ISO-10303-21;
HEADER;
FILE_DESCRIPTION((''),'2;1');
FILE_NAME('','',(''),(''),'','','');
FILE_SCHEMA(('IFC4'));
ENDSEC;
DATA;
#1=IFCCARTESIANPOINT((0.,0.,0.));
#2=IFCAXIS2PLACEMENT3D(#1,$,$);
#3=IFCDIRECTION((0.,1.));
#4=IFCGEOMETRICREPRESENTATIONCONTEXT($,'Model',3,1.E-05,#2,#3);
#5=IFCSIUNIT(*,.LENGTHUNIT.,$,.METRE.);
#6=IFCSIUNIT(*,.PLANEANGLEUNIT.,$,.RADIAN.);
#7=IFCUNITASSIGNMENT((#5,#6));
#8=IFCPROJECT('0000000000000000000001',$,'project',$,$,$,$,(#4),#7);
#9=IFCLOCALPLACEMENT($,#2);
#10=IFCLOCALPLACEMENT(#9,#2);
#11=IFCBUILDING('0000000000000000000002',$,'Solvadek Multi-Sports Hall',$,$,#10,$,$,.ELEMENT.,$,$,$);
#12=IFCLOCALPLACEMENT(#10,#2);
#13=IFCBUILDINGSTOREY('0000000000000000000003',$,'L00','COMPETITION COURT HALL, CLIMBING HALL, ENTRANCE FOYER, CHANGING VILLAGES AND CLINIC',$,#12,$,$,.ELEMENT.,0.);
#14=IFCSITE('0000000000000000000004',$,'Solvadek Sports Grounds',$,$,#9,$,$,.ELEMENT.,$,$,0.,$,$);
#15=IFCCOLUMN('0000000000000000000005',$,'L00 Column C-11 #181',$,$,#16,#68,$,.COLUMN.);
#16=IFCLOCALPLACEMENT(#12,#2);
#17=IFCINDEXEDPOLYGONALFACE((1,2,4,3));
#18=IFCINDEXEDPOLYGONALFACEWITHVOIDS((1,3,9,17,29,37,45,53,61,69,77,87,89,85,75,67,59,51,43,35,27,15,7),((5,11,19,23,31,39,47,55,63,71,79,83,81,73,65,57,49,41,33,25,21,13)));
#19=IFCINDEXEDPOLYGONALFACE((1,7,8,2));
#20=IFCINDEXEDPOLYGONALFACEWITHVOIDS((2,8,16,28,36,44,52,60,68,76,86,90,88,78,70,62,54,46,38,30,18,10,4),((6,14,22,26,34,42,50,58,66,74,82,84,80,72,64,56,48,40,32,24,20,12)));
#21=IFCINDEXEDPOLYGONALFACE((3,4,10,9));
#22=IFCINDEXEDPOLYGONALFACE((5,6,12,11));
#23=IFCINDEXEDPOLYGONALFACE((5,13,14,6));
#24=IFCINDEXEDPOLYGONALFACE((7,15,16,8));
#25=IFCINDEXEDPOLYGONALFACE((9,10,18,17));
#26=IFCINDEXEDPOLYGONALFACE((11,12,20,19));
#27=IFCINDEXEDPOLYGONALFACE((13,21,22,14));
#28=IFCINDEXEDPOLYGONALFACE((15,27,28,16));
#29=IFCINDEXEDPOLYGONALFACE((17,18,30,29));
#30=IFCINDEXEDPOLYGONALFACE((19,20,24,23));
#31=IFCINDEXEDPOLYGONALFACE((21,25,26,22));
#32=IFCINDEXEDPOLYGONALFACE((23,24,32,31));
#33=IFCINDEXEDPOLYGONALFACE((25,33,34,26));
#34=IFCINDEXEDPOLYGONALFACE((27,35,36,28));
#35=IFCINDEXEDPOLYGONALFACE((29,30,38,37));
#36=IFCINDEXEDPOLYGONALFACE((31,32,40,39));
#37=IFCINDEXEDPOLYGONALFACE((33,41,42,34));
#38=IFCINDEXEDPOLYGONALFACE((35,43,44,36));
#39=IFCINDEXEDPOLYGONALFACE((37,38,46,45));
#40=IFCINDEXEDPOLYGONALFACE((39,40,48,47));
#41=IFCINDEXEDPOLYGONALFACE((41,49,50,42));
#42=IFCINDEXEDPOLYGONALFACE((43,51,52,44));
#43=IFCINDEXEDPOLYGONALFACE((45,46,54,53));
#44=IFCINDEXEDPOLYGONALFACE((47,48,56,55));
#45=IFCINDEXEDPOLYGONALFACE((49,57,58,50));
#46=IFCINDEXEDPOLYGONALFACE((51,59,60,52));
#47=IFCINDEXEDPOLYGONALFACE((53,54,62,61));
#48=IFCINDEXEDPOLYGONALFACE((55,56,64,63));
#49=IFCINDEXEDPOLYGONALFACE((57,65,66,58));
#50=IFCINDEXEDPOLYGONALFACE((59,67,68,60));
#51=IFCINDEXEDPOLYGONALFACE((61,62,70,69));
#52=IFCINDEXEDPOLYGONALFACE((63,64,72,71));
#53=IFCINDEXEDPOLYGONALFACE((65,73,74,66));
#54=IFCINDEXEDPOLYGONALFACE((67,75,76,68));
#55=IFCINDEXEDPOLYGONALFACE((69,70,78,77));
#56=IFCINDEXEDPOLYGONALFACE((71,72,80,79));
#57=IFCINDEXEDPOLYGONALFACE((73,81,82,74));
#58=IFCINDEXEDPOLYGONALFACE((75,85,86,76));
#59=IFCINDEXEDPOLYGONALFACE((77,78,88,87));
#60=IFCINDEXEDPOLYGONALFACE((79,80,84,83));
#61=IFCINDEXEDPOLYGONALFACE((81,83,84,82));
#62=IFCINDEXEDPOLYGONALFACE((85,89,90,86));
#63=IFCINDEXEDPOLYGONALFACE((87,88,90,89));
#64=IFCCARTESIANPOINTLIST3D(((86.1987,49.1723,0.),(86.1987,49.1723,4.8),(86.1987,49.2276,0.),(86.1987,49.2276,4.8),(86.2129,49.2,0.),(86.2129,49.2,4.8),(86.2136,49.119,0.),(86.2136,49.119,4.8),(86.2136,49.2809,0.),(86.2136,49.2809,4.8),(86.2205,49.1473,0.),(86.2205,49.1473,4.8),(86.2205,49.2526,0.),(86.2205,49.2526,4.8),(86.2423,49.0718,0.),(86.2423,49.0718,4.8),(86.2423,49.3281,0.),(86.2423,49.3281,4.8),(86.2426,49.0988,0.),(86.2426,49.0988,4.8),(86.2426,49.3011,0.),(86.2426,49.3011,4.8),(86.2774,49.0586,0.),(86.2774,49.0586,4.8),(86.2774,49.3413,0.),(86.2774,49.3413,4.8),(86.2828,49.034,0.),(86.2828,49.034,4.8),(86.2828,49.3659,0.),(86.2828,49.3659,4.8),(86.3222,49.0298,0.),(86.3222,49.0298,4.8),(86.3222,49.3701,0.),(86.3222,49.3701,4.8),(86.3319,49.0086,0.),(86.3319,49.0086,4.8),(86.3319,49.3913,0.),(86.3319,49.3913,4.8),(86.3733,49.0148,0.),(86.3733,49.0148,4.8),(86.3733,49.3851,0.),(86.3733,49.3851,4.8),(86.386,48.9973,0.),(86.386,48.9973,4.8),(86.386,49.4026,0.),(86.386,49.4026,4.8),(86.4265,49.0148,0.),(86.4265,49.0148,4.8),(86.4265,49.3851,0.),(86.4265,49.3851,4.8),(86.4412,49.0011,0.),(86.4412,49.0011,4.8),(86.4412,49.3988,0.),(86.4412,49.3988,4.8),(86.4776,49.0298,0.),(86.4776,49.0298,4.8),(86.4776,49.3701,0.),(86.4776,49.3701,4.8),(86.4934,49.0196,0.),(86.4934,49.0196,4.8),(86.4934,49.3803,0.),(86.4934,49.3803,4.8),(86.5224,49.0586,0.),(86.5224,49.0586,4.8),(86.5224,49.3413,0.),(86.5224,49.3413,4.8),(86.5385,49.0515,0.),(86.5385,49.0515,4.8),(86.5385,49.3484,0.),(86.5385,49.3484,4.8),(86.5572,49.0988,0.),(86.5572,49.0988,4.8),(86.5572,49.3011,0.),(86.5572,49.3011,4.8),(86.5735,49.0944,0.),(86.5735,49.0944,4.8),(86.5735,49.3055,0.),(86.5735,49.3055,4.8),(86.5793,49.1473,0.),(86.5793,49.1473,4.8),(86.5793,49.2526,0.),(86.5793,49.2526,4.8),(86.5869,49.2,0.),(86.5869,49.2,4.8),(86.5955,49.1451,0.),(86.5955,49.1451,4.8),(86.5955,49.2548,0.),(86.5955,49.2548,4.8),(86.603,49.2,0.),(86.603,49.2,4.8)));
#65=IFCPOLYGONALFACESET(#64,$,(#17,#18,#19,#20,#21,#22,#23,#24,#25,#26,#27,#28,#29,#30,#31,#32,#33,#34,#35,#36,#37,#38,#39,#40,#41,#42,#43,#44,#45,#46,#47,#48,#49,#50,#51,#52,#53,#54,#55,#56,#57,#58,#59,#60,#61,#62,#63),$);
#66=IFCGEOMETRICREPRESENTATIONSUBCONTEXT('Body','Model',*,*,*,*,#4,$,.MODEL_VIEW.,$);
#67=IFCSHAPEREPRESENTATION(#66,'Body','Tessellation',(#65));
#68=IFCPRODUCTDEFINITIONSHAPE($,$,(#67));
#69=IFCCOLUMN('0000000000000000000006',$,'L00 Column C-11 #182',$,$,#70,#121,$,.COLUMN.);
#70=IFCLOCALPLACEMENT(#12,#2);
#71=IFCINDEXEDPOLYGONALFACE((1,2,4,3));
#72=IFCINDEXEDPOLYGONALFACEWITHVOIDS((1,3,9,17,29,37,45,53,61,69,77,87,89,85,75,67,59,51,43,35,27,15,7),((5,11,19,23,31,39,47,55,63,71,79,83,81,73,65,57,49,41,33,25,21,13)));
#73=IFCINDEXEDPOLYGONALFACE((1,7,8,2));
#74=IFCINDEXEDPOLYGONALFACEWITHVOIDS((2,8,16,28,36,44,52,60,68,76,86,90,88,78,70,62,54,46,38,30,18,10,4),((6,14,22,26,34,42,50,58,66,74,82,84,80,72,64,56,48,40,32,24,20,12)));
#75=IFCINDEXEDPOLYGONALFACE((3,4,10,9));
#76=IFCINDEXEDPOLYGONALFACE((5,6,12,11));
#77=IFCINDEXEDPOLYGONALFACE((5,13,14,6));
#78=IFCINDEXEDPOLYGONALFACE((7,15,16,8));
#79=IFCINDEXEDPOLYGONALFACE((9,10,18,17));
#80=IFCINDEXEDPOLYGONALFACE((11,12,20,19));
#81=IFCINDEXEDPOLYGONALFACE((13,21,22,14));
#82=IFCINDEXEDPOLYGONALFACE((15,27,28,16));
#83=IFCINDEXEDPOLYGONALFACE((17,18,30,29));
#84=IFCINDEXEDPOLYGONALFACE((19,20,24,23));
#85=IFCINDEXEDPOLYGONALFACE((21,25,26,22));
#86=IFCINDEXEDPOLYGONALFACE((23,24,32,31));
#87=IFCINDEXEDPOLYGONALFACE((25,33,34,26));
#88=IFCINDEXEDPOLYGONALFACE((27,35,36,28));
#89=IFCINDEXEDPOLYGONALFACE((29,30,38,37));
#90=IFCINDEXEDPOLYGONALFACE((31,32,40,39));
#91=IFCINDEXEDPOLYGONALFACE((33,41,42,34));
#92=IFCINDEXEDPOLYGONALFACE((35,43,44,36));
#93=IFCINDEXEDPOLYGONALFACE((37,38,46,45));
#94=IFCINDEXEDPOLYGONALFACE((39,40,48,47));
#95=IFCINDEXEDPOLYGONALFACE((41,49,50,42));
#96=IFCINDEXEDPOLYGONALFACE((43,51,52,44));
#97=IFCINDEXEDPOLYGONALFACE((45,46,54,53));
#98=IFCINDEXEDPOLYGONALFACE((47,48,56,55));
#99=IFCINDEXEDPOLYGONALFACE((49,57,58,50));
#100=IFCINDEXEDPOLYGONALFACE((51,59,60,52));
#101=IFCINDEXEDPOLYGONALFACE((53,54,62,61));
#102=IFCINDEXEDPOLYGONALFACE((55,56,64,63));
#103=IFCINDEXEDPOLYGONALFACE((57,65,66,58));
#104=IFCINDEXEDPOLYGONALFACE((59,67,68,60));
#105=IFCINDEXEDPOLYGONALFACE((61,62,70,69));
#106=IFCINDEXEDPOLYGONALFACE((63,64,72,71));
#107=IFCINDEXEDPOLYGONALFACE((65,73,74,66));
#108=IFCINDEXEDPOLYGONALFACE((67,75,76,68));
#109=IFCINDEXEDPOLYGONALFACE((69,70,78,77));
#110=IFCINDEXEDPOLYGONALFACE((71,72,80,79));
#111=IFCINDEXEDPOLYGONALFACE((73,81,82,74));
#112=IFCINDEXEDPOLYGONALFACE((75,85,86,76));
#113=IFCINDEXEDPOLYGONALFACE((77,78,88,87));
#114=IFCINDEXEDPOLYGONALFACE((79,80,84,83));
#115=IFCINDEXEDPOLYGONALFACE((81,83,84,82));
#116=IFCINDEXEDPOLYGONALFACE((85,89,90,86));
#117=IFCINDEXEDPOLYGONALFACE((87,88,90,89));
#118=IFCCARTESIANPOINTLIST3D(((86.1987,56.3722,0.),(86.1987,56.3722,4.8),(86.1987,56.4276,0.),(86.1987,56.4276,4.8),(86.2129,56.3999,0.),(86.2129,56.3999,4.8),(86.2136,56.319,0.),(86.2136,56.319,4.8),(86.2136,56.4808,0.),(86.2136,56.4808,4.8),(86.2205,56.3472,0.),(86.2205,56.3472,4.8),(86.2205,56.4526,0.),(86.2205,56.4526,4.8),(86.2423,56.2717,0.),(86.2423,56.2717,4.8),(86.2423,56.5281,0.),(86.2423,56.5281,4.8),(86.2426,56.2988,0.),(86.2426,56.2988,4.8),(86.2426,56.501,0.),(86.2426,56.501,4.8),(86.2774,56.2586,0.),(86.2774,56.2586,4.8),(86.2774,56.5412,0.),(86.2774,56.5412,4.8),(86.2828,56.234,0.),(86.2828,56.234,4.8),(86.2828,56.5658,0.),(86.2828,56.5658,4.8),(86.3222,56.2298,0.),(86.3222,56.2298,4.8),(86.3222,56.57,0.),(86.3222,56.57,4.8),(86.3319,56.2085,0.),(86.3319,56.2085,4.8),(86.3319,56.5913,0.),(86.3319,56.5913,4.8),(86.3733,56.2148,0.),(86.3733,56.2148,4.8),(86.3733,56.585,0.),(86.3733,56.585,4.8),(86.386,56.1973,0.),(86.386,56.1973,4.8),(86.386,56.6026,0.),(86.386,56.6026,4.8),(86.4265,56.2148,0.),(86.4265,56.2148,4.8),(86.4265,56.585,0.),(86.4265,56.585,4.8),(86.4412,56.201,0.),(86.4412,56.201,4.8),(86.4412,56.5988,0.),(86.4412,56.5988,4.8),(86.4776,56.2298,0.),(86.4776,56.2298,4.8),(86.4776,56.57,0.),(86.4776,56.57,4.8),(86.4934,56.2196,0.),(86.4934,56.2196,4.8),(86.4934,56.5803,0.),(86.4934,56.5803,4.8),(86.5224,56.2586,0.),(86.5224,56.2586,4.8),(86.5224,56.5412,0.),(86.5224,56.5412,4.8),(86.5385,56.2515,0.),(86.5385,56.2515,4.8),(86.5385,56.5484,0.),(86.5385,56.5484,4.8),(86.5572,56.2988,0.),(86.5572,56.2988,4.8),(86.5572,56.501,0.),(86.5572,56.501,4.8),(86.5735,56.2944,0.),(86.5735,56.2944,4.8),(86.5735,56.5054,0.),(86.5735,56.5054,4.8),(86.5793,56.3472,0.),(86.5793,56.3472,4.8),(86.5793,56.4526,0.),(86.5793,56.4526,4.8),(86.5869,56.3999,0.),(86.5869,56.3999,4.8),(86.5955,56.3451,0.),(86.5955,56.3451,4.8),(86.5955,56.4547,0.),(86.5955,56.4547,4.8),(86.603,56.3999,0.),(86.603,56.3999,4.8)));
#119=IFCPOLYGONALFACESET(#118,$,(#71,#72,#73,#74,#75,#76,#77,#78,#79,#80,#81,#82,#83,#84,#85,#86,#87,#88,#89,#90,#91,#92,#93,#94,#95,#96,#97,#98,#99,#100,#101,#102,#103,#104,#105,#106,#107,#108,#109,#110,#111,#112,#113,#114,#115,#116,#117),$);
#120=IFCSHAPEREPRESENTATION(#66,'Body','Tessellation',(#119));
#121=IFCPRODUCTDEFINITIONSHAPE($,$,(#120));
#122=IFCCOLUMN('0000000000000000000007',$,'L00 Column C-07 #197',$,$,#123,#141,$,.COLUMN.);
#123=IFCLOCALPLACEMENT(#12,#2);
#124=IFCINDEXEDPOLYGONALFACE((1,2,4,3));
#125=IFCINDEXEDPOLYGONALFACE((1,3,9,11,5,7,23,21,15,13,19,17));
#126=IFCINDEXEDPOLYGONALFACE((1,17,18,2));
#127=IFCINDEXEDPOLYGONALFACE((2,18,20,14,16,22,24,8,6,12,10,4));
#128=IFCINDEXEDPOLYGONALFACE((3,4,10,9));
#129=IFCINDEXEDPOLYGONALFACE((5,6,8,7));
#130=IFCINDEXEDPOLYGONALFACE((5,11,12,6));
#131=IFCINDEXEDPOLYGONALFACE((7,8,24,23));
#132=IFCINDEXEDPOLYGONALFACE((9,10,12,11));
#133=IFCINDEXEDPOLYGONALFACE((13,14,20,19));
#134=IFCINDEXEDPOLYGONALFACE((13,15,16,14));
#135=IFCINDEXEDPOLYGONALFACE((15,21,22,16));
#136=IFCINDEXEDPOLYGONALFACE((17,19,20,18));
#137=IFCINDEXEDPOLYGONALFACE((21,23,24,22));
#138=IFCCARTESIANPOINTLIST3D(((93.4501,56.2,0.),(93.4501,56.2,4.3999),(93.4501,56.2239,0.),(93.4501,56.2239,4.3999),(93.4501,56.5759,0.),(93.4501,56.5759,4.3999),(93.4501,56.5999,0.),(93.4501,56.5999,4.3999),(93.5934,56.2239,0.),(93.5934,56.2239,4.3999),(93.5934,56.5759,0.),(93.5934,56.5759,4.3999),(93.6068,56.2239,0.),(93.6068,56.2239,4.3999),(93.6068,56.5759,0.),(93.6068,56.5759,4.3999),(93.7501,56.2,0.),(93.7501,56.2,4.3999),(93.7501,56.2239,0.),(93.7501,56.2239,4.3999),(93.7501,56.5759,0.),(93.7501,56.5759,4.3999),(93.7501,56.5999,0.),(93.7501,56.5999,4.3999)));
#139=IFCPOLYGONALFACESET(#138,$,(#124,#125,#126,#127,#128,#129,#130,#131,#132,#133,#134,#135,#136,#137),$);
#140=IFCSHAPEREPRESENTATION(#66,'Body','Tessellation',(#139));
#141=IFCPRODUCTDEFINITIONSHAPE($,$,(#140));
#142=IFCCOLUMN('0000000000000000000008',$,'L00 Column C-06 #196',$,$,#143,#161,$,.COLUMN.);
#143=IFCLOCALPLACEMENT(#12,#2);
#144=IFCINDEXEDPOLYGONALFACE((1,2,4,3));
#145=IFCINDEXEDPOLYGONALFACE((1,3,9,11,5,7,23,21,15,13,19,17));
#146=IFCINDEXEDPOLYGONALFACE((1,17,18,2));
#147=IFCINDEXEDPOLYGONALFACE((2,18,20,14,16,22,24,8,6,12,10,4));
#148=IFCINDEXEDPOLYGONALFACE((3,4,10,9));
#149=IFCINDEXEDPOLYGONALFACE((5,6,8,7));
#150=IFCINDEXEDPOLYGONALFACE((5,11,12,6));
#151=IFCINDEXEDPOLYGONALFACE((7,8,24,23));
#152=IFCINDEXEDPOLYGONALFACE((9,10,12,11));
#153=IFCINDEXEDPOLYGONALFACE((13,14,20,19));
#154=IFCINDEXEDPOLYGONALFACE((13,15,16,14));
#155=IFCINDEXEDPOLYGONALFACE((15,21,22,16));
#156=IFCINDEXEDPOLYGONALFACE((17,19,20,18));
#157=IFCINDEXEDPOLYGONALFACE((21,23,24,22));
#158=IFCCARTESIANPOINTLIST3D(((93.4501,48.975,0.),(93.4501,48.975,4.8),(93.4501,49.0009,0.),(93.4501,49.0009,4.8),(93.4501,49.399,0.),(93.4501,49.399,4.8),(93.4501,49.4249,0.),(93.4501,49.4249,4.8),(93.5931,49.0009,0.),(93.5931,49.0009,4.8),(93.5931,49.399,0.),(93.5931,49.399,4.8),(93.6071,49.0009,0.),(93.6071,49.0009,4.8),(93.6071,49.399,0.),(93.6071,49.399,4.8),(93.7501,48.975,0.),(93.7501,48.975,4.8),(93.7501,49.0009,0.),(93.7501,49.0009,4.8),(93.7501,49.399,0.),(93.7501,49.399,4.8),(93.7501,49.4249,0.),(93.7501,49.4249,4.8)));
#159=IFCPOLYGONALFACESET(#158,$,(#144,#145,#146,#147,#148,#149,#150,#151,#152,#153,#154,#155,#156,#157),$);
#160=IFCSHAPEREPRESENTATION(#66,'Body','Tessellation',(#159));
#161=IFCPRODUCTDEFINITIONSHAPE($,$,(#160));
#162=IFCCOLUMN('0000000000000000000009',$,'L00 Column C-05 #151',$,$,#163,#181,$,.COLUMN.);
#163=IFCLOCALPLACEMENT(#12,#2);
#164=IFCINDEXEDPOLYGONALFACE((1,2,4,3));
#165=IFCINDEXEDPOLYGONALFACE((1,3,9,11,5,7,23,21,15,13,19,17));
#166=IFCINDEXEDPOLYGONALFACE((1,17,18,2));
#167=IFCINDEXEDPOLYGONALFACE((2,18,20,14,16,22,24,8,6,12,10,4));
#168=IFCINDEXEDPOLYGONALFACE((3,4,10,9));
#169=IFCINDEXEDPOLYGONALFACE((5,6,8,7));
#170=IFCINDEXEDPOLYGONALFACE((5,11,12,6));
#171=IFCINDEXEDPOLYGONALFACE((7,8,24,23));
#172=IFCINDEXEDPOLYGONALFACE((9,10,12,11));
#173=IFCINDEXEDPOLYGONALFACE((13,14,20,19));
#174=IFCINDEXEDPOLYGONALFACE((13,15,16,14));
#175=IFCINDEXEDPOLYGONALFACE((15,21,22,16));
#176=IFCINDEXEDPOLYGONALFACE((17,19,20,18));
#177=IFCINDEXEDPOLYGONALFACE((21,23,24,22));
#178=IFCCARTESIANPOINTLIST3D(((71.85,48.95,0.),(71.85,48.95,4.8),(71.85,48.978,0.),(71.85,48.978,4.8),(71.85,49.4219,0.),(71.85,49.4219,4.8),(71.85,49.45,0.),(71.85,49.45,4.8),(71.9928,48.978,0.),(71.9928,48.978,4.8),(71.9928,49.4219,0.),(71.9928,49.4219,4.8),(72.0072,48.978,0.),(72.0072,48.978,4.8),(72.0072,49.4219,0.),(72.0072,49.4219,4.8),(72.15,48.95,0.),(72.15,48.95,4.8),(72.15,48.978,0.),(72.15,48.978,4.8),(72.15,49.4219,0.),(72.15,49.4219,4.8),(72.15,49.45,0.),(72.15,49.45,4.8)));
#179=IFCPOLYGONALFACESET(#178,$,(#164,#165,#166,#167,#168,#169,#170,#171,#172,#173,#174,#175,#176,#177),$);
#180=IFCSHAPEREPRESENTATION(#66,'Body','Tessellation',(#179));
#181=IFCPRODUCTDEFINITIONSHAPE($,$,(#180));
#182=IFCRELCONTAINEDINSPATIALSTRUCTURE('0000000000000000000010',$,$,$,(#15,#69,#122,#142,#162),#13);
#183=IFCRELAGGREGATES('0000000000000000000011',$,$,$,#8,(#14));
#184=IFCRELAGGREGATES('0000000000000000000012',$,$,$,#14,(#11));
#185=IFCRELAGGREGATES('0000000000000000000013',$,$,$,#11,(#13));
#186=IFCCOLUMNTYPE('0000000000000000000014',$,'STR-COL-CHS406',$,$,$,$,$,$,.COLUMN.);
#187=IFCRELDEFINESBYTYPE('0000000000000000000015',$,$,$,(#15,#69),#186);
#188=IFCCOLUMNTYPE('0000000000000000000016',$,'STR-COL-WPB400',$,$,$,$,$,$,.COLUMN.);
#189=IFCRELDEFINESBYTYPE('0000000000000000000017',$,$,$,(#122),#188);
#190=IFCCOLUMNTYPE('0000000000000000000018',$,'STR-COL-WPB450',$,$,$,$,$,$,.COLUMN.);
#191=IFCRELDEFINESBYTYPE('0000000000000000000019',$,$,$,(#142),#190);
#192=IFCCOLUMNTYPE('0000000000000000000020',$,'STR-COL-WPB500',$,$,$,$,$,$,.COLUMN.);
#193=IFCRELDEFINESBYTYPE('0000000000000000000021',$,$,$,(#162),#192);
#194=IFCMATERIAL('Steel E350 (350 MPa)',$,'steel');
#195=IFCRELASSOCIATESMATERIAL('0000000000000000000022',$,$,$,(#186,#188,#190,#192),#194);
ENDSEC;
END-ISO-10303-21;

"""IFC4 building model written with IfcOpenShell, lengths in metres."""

from ifc_helpers import new_model, si_unit, direction, frame, origin, origin_2d, place, context, subcontext, project, spatial, hollow_circle, i_section, extrude, material, material_profile, profile_set, type_object, element, save


model = new_model("IFC4")

# Units and contexts
model_context = context("Model", 3, precision=1e-05, world=origin(), true_north=direction((0.0, 1.0)))
body_context = subcontext(model_context, "Body", "Model", "MODEL_VIEW")
ifc_project = project(units=[si_unit("LENGTHUNIT", "METRE"), si_unit("PLANEANGLEUNIT", "RADIAN")], contexts=[model_context])

# Site, building, storey
site_placement = place(None, origin())
site = spatial("IfcSite", under=ifc_project, at=site_placement, Name="Solvadek Sports Grounds", CompositionType="ELEMENT", RefElevation=0.0)
building_placement = place(site_placement, origin())
building = spatial("IfcBuilding", under=site, at=building_placement, Name="Solvadek Multi-Sports Hall", CompositionType="ELEMENT")
storey_placement = place(building_placement, origin())
storey = spatial("IfcBuildingStorey", under=building, at=storey_placement, Name="L00", Description="COMPETITION COURT HALL, CLIMBING HALL, ENTRANCE FOYER, CHANGING VILLAGES AND CLINIC", CompositionType="ELEMENT", Elevation=0.0)

# Columns
ifc_material_1 = material(Name="Steel E350 (350 MPa)", Category="steel")
ifc_material_profile_1 = material_profile(ifc_material_1, hollow_circle(Radius=0.2031, WallThickness=0.0161, at=origin_2d()), Name="CHS 406.4x16")
ifc_profile_set_1 = profile_set([ifc_material_profile_1], Name="Steel E350 (350 MPa)")
column_type_1 = type_object("IfcColumnType", Name="STR-COL-CHS406", PredefinedType="COLUMN", material=ifc_profile_set_1)
for number, where, z_axis, x_axis, name in (
    (1, (86.3999, 49.2, 0.0), (0.0, 0.0, 1.0), (1.0, 0.0, 0.0), "L00 Column C-11 #181"),
    (2, (86.3999, 56.3999, 0.0), (0.0, 0.0, 1.0), (1.0, 0.0, 0.0), "L00 Column C-11 #182"),
):
    element("IfcColumn", number, at=place(storey_placement, frame(where, z_axis=z_axis, x_axis=x_axis)), inside=storey, type_object=column_type_1, Name=name, PredefinedType="COLUMN", context=body_context, shape_type="SweptSolid", body=[
        extrude(hollow_circle(Radius=0.2031, WallThickness=0.0161, at=origin_2d()), origin(), (0.0, 0.0, 1.0), 4.8),
    ])
ifc_material_profile_2 = material_profile(ifc_material_1, i_section(OverallWidth=0.3, OverallDepth=0.3999, WebThickness=0.0134, FlangeThickness=0.0239, at=origin_2d()), Name="WPB 400")
ifc_profile_set_2 = profile_set([ifc_material_profile_2], Name="Steel E350 (350 MPa)")
column_type_2 = type_object("IfcColumnType", Name="STR-COL-WPB400", PredefinedType="COLUMN", material=ifc_profile_set_2)
column_1_placement = place(storey_placement, frame((93.6001, 56.3999, 0.0), z_axis=(0.0, 0.0, 1.0), x_axis=(1.0, 0.0, 0.0)))
element("IfcColumn", 3, at=column_1_placement, inside=storey, type_object=column_type_2, Name="L00 Column C-07 #197", PredefinedType="COLUMN", context=body_context, shape_type="SweptSolid", body=[
    extrude(i_section(OverallWidth=0.3, OverallDepth=0.3999, WebThickness=0.0134, FlangeThickness=0.0239, at=origin_2d()), origin(), (0.0, 0.0, 1.0), 4.3999),
])
ifc_material_profile_3 = material_profile(ifc_material_1, i_section(OverallWidth=0.3, OverallDepth=0.45, WebThickness=0.0139, FlangeThickness=0.0259, at=origin_2d()), Name="WPB 450")
ifc_profile_set_3 = profile_set([ifc_material_profile_3], Name="Steel E350 (350 MPa)")
column_type_3 = type_object("IfcColumnType", Name="STR-COL-WPB450", PredefinedType="COLUMN", material=ifc_profile_set_3)
column_2_placement = place(storey_placement, frame((93.6001, 49.2, 0.0), z_axis=(0.0, 0.0, 1.0), x_axis=(1.0, 0.0, 0.0)))
element("IfcColumn", 4, at=column_2_placement, inside=storey, type_object=column_type_3, Name="L00 Column C-06 #196", PredefinedType="COLUMN", context=body_context, shape_type="SweptSolid", body=[
    extrude(i_section(OverallWidth=0.3, OverallDepth=0.45, WebThickness=0.0139, FlangeThickness=0.0259, at=origin_2d()), origin(), (0.0, 0.0, 1.0), 4.8),
])
ifc_material_profile_4 = material_profile(ifc_material_1, i_section(OverallWidth=0.3, OverallDepth=0.5, WebThickness=0.0144, FlangeThickness=0.0281, at=origin_2d()), Name="WPB 500")
ifc_profile_set_4 = profile_set([ifc_material_profile_4], Name="Steel E350 (350 MPa)")
column_type_4 = type_object("IfcColumnType", Name="STR-COL-WPB500", PredefinedType="COLUMN", material=ifc_profile_set_4)
for number, where, z_axis, x_axis, name in (
    (5, (72.0, 49.2, 0.0), (0.0, 0.0, 1.0), (1.0, 0.0, 0.0), "L00 Column C-05 #151"),
):
    element("IfcColumn", number, at=place(storey_placement, frame(where, z_axis=z_axis, x_axis=x_axis)), inside=storey, type_object=column_type_4, Name=name, PredefinedType="COLUMN", context=body_context, shape_type="SweptSolid", body=[
        extrude(i_section(OverallWidth=0.3, OverallDepth=0.5, WebThickness=0.0144, FlangeThickness=0.0281, at=origin_2d()), origin(), (0.0, 0.0, 1.0), 4.8),
    ])

save(model, "model.ifc")
